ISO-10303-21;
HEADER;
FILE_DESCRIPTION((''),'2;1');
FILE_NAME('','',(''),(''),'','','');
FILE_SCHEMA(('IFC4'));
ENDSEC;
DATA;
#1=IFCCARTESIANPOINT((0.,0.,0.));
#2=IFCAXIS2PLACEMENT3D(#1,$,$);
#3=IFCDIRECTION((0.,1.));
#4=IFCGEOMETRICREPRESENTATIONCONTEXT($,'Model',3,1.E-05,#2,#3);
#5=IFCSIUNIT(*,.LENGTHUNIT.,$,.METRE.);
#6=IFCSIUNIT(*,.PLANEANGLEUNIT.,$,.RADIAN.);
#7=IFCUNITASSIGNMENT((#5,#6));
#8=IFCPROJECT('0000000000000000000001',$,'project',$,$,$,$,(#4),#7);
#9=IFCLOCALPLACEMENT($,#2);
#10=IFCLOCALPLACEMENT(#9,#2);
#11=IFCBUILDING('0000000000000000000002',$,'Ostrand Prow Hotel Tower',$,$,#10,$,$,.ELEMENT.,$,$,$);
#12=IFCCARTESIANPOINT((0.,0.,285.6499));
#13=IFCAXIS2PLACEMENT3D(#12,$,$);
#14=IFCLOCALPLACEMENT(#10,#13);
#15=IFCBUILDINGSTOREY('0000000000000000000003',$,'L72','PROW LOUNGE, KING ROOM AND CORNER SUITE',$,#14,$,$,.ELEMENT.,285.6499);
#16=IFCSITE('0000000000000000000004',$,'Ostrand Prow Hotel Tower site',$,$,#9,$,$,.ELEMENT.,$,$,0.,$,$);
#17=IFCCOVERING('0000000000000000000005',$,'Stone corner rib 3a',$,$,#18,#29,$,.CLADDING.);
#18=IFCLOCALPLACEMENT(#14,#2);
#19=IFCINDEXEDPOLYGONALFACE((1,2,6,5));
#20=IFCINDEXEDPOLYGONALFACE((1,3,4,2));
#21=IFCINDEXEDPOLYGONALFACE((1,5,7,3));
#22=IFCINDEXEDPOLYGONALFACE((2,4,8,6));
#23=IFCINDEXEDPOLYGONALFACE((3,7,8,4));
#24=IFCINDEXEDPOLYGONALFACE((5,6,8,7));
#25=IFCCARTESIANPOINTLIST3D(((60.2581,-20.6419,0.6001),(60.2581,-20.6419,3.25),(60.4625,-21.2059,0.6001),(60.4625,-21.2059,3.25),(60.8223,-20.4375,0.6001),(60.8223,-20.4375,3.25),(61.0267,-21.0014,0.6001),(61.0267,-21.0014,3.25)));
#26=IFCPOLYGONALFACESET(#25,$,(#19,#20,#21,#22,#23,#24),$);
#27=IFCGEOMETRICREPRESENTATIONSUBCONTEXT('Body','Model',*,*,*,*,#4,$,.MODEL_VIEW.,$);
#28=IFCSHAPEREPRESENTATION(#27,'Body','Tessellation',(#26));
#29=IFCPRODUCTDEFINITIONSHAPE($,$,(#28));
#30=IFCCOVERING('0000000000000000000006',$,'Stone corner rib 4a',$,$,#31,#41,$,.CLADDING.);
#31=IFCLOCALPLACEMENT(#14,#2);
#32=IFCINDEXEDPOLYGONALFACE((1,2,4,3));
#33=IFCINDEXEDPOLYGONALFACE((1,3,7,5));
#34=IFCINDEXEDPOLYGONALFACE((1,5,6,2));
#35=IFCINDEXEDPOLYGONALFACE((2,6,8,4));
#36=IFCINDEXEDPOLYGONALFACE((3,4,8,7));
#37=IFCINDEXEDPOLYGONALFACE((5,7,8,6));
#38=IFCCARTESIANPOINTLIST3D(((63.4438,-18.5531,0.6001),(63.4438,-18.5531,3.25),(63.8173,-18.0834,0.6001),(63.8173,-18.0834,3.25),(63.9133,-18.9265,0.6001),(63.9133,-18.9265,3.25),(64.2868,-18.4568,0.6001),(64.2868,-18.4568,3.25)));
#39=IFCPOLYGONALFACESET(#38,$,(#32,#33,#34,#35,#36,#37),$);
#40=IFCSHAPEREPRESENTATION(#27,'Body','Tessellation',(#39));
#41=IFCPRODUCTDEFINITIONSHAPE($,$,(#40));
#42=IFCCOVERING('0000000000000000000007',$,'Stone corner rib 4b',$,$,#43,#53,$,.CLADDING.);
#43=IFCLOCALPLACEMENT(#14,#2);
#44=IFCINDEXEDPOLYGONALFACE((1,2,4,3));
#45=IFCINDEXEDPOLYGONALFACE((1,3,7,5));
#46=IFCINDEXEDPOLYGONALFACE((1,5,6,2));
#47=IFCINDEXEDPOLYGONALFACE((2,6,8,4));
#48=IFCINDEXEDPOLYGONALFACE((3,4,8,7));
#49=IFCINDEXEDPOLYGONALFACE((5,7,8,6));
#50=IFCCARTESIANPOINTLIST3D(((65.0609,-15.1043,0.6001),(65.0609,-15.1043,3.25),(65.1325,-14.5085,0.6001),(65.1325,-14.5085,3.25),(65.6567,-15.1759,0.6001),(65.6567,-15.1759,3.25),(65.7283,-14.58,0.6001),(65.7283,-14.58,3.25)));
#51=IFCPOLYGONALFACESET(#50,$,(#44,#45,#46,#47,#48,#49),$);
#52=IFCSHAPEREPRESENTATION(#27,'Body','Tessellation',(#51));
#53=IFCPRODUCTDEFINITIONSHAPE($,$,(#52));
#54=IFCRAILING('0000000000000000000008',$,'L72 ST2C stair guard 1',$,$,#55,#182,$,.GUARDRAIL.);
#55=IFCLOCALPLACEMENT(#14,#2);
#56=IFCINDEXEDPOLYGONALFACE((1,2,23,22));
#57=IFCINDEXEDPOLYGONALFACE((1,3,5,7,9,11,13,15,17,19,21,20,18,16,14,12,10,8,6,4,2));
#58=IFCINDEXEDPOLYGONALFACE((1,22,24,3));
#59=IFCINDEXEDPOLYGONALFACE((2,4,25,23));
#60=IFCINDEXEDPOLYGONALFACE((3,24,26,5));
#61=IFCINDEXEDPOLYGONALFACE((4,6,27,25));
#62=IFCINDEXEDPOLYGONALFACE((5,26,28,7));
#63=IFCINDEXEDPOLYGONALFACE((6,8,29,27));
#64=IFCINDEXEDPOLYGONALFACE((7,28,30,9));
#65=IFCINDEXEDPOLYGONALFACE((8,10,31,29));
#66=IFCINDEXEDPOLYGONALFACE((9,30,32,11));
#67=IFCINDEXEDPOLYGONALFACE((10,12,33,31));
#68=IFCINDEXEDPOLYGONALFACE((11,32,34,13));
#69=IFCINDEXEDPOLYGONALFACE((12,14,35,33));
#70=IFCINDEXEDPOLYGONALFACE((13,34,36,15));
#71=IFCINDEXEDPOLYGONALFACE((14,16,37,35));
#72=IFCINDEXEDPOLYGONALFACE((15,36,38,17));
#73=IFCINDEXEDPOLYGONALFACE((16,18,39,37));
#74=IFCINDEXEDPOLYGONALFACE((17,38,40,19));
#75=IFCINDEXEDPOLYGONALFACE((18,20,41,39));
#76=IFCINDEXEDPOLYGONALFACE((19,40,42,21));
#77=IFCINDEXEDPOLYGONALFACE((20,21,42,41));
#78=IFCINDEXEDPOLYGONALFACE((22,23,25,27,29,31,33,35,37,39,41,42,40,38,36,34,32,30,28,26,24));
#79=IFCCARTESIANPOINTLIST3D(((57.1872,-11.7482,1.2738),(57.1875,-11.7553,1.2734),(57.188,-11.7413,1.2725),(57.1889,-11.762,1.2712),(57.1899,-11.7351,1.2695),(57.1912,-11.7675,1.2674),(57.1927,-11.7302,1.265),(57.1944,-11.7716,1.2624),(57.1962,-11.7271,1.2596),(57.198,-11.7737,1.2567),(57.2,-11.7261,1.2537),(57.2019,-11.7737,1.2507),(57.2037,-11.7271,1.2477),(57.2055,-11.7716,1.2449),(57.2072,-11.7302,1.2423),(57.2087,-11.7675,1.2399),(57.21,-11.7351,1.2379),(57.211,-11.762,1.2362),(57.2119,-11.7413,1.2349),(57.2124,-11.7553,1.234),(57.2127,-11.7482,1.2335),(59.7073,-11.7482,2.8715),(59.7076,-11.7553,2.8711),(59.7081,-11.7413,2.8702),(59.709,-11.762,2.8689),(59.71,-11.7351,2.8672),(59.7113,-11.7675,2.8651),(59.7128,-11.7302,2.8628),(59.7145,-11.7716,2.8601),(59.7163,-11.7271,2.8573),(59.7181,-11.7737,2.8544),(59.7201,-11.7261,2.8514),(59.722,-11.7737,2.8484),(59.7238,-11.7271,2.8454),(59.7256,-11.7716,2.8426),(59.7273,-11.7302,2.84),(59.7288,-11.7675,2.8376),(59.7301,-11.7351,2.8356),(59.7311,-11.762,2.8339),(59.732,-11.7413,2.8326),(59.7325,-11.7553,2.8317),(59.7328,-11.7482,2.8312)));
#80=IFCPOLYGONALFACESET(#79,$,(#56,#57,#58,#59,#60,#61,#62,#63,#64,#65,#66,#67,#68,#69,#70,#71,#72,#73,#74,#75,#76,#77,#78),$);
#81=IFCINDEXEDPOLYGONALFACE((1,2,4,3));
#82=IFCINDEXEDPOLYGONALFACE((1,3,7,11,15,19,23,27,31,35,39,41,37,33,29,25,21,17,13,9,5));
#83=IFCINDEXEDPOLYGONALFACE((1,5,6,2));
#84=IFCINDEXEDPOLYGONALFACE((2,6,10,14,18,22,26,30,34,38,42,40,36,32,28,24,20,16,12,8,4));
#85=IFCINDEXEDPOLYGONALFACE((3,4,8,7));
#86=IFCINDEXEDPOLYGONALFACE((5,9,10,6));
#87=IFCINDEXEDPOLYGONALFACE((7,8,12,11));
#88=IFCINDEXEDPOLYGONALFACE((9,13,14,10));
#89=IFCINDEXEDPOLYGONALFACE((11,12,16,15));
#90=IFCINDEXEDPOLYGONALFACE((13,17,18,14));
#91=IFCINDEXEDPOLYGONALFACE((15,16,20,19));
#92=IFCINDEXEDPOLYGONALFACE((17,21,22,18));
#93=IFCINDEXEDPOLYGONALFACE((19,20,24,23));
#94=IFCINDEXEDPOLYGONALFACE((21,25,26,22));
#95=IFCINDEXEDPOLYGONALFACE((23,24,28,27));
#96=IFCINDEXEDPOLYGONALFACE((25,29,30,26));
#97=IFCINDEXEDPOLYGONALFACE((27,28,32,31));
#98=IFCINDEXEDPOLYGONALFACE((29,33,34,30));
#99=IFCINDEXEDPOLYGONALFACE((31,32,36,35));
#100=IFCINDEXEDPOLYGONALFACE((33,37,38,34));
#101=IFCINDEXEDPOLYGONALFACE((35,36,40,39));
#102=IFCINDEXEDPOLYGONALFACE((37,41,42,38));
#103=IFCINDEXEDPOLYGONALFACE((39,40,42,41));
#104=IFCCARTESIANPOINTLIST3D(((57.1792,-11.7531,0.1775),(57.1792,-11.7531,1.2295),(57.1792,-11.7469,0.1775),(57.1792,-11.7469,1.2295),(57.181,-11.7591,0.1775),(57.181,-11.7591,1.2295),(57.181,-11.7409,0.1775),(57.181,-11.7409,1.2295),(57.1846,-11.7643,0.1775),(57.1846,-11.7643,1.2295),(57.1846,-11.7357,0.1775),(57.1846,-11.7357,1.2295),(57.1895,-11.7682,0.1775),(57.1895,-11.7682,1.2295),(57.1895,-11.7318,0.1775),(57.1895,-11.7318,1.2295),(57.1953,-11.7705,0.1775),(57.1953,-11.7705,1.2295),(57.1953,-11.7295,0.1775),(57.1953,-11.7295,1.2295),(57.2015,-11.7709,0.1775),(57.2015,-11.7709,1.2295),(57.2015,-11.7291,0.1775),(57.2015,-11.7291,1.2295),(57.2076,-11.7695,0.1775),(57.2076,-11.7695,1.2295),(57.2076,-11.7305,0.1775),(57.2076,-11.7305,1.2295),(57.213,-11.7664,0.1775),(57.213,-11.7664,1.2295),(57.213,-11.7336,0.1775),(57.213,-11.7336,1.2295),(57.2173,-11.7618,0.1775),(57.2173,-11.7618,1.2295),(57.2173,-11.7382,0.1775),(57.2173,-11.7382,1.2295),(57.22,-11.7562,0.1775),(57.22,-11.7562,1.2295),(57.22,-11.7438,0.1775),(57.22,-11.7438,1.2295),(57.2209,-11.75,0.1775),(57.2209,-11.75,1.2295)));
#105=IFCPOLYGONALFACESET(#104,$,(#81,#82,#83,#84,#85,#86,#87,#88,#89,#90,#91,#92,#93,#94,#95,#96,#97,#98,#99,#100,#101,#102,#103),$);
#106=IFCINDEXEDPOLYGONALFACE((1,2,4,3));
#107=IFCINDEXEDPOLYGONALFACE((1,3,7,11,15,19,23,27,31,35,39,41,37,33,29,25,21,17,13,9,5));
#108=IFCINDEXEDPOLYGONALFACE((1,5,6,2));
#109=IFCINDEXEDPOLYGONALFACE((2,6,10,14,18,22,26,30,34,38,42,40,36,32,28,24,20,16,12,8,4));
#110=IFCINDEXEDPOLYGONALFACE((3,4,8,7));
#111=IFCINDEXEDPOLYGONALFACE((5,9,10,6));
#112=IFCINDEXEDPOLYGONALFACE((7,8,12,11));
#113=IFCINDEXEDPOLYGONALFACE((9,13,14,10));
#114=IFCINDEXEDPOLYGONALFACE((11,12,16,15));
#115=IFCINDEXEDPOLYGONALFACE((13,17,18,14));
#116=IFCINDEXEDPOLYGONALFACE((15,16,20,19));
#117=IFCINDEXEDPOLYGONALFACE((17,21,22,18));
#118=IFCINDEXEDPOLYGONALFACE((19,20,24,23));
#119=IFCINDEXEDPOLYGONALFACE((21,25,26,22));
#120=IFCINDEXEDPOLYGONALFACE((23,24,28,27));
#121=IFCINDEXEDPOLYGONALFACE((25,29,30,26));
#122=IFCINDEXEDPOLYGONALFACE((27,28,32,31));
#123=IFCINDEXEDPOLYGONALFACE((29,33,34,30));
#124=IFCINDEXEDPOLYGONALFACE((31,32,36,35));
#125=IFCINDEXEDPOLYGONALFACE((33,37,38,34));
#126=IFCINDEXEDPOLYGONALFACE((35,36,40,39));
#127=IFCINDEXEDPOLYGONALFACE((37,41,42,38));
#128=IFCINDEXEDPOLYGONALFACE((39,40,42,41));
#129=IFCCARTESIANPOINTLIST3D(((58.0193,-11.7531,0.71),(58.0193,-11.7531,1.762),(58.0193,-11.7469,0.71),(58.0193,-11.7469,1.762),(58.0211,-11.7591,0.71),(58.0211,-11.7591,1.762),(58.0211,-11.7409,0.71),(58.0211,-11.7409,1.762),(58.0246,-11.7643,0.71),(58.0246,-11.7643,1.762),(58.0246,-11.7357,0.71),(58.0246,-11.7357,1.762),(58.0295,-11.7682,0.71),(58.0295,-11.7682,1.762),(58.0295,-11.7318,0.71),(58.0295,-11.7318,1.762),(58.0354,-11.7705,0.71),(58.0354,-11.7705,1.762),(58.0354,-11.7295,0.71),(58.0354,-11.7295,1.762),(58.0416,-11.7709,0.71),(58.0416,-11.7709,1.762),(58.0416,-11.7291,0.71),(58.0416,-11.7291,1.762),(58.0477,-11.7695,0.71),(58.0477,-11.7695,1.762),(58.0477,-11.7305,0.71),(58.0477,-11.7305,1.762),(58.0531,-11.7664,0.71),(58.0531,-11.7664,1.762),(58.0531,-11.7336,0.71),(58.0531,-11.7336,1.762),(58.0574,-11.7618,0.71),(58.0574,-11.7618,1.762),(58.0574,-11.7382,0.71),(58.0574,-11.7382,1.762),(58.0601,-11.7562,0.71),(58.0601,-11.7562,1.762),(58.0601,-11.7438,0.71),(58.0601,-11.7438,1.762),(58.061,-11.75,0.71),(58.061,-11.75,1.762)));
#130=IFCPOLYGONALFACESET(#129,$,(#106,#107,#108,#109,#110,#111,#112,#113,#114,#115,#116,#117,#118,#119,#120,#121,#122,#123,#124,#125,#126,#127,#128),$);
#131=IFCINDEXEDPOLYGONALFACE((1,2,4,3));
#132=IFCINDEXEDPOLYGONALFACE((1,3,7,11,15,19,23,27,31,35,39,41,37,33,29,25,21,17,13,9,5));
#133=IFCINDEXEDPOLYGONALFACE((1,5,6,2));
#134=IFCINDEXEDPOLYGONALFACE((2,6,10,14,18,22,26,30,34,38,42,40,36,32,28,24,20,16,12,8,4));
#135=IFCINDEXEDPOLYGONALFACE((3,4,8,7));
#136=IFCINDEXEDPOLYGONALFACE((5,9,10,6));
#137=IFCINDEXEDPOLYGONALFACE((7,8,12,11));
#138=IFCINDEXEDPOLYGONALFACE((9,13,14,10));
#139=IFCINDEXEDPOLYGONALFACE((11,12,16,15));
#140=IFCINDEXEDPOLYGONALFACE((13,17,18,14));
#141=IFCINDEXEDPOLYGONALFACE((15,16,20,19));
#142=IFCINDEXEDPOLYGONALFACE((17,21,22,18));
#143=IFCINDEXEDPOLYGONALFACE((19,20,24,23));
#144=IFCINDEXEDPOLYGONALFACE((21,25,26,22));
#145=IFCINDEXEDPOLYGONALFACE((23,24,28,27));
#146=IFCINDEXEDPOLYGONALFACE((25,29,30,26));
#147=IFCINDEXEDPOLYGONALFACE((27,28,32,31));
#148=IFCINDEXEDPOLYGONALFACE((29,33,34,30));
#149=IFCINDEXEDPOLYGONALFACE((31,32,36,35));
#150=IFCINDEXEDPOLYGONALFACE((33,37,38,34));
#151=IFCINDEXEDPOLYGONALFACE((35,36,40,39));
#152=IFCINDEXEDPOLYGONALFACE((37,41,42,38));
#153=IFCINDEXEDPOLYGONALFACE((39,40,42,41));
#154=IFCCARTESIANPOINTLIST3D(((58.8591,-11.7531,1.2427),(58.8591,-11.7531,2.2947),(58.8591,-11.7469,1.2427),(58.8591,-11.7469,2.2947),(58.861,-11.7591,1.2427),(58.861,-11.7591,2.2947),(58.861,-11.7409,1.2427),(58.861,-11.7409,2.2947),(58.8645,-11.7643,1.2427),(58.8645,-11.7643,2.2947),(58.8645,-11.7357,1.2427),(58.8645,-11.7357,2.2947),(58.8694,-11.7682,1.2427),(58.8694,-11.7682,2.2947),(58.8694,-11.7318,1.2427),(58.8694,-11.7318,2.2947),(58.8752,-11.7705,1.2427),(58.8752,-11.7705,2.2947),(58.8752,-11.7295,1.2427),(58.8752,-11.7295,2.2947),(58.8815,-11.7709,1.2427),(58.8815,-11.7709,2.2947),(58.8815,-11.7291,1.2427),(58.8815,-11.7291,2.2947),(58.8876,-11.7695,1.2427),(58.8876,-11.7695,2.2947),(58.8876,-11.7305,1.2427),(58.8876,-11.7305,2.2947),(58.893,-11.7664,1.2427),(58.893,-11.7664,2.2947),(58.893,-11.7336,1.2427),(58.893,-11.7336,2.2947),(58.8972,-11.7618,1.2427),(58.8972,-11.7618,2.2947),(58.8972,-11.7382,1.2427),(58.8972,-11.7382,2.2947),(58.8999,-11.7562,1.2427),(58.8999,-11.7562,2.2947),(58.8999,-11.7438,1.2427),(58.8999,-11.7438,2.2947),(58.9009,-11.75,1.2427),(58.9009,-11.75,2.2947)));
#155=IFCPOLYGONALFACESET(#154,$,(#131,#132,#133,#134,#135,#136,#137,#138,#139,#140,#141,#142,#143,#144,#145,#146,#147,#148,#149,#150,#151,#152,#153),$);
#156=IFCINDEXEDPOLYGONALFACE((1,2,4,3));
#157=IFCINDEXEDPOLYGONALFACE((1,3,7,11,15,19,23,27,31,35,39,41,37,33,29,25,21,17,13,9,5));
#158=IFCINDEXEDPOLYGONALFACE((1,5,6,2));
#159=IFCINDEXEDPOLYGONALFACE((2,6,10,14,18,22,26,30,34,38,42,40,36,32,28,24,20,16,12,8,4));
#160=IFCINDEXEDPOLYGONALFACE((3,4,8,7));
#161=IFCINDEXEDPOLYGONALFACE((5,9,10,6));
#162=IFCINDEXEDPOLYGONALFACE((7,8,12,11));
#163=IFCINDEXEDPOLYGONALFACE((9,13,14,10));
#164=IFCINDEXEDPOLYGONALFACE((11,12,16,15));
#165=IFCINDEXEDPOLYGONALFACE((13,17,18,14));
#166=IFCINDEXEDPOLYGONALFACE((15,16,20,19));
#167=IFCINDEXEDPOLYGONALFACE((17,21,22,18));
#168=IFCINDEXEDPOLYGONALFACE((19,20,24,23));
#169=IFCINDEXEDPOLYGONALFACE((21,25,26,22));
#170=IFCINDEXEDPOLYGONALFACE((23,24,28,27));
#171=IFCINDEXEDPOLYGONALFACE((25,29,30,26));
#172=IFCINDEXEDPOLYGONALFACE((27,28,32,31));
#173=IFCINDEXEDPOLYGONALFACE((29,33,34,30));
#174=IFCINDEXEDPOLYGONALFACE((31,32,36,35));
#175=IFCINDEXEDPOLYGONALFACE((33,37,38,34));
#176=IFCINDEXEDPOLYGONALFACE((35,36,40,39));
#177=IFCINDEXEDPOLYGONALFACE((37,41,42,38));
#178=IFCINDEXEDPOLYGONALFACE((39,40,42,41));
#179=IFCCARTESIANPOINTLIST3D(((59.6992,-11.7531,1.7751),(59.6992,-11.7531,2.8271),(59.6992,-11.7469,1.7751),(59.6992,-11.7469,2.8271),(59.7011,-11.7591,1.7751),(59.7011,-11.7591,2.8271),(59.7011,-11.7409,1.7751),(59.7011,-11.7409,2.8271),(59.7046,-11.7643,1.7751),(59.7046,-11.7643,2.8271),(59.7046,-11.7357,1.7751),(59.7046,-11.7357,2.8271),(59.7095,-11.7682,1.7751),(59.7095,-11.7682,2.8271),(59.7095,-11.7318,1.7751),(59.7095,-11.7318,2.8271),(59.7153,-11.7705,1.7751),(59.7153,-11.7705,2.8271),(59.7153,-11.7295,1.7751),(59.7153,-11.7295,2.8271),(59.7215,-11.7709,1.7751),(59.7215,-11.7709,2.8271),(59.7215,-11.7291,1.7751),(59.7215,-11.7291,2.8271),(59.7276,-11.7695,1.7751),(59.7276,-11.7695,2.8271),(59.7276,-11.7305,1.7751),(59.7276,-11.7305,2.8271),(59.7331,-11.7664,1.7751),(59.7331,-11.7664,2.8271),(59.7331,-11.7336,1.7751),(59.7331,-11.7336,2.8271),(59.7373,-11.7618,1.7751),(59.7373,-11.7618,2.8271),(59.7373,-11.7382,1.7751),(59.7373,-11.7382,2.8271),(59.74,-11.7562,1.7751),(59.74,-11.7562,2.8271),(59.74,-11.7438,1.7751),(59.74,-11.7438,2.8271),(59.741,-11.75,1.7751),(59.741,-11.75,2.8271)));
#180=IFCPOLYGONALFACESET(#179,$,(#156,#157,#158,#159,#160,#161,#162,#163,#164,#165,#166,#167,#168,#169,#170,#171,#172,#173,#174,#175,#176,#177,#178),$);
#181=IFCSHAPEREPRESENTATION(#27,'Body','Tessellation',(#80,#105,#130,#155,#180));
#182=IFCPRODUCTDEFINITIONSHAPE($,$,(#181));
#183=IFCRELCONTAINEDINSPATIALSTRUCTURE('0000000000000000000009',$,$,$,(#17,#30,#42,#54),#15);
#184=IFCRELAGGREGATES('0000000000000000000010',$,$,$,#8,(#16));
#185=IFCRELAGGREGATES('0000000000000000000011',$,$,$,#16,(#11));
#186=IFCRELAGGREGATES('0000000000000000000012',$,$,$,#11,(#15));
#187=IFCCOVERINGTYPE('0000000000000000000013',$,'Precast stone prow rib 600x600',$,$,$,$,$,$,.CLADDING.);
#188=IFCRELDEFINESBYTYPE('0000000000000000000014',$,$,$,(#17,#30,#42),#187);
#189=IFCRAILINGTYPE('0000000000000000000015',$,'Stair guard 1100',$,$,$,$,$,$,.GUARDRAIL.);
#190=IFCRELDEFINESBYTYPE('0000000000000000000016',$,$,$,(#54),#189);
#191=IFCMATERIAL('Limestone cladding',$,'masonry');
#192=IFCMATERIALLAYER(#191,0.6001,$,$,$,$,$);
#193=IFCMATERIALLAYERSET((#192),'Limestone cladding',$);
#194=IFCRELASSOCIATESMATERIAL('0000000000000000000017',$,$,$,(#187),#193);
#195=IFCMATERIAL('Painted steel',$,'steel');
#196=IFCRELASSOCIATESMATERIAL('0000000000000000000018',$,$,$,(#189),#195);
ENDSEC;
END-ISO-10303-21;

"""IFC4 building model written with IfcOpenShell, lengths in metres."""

from ifc_helpers import new_model, si_unit, direction, frame, frame_2d, origin, origin_2d, place, context, subcontext, project, spatial, rectangle, circle, extrude, material, layer, layer_set, type_object, element, save


model = new_model("IFC4")

# Units and contexts
model_context = context("Model", 3, precision=1e-05, world=origin(), true_north=direction((0.0, 1.0)))
body_context = subcontext(model_context, "Body", "Model", "MODEL_VIEW")
ifc_project = project(units=[si_unit("LENGTHUNIT", "METRE"), si_unit("PLANEANGLEUNIT", "RADIAN")], contexts=[model_context])

# Site, building, storey
site_placement = place(None, origin())
site = spatial("IfcSite", under=ifc_project, at=site_placement, Name="Ostrand Prow Hotel Tower site", CompositionType="ELEMENT", RefElevation=0.0)
building_placement = place(site_placement, origin())
building = spatial("IfcBuilding", under=site, at=building_placement, Name="Ostrand Prow Hotel Tower", CompositionType="ELEMENT")
storey_placement = place(building_placement, frame((0.0, 0.0, 285.6499)))
storey = spatial("IfcBuildingStorey", under=building, at=storey_placement, Name="L72", Description="PROW LOUNGE, KING ROOM AND CORNER SUITE", CompositionType="ELEMENT", Elevation=285.6499)

# Coverings
ifc_material_1 = material(Name="Limestone cladding", Category="masonry")
ifc_layer_1 = layer(ifc_material_1, 0.6001)
ifc_layer_set_1 = layer_set([ifc_layer_1], Name="Limestone cladding")
covering_type = type_object("IfcCoveringType", Name="Precast stone prow rib 600x600", PredefinedType="CLADDING", material=ifc_layer_set_1)
for number, where, z_axis, x_axis, name in (
    (1, (60.5403, -20.5398, 0.6001), (0.0, 0.0, 1.0), (0.340664, -0.940185, 0.0), "Stone corner rib 3a"),
    (2, (63.6306, -18.3184, 0.6001), (0.0, 0.0, 1.0), (0.782732, -0.622359, 0.0), "Stone corner rib 4a"),
):
    element("IfcCovering", number, at=place(storey_placement, frame(where, z_axis=z_axis, x_axis=x_axis)), inside=storey, type_object=covering_type, Name=name, PredefinedType="CLADDING", context=body_context, shape_type="SweptSolid", body=[
        extrude(rectangle(XDim=0.5999, YDim=0.6001, at=frame_2d((0.2998, 0.0))), origin(), (0.0, 0.0, 1.0), 2.6499),
    ])
covering_1_placement = place(storey_placement, frame((65.0967, -14.8064, 0.6001), z_axis=(0.0, 0.0, 1.0), x_axis=(0.992867, -0.119225, 0.0)))
element("IfcCovering", 3, at=covering_1_placement, inside=storey, type_object=covering_type, Name="Stone corner rib 4b", PredefinedType="CLADDING", context=body_context, shape_type="SweptSolid", body=[
    extrude(rectangle(XDim=0.6001, YDim=0.6001, at=frame_2d((0.3, 0.0))), origin(), (0.0, 0.0, 1.0), 2.6499),
])

# Railing
ifc_material_2 = material(Name="Painted steel", Category="steel")
railing_type_1 = type_object("IfcRailingType", Name="Stair guard 1100", PredefinedType="GUARDRAIL", material=ifc_material_2)
railing_1_placement = place(storey_placement, frame((57.2, -11.75, 0.1775)))
element("IfcRailing", 4, at=railing_1_placement, inside=storey, type_object=railing_type_1, Name="L72 ST2C stair guard 1", PredefinedType="GUARDRAIL", context=body_context, shape_type="SweptSolid", body=[
    extrude(circle(Radius=0.0239, at=origin_2d()), frame((0.0, 0.0, 1.0762), z_axis=(0.84457, 0.0, 0.535445), x_axis=(0.0, 1.0, 0.0)), (0.0, 0.0, 1.0), 2.9839),
    extrude(circle(Radius=0.021, at=origin_2d()), origin(), (0.0, 0.0, 1.0), 1.052),
    extrude(circle(Radius=0.021, at=origin_2d()), frame((0.8401, 0.0, 0.5325)), (0.0, 0.0, 1.0), 1.052),
    extrude(circle(Radius=0.021, at=origin_2d()), frame((1.6799, 0.0, 1.0652)), (0.0, 0.0, 1.0), 1.052),
    extrude(circle(Radius=0.021, at=origin_2d()), frame((2.52, 0.0, 1.5977)), (0.0, 0.0, 1.0), 1.052),
])

save(model, "model.ifc")
